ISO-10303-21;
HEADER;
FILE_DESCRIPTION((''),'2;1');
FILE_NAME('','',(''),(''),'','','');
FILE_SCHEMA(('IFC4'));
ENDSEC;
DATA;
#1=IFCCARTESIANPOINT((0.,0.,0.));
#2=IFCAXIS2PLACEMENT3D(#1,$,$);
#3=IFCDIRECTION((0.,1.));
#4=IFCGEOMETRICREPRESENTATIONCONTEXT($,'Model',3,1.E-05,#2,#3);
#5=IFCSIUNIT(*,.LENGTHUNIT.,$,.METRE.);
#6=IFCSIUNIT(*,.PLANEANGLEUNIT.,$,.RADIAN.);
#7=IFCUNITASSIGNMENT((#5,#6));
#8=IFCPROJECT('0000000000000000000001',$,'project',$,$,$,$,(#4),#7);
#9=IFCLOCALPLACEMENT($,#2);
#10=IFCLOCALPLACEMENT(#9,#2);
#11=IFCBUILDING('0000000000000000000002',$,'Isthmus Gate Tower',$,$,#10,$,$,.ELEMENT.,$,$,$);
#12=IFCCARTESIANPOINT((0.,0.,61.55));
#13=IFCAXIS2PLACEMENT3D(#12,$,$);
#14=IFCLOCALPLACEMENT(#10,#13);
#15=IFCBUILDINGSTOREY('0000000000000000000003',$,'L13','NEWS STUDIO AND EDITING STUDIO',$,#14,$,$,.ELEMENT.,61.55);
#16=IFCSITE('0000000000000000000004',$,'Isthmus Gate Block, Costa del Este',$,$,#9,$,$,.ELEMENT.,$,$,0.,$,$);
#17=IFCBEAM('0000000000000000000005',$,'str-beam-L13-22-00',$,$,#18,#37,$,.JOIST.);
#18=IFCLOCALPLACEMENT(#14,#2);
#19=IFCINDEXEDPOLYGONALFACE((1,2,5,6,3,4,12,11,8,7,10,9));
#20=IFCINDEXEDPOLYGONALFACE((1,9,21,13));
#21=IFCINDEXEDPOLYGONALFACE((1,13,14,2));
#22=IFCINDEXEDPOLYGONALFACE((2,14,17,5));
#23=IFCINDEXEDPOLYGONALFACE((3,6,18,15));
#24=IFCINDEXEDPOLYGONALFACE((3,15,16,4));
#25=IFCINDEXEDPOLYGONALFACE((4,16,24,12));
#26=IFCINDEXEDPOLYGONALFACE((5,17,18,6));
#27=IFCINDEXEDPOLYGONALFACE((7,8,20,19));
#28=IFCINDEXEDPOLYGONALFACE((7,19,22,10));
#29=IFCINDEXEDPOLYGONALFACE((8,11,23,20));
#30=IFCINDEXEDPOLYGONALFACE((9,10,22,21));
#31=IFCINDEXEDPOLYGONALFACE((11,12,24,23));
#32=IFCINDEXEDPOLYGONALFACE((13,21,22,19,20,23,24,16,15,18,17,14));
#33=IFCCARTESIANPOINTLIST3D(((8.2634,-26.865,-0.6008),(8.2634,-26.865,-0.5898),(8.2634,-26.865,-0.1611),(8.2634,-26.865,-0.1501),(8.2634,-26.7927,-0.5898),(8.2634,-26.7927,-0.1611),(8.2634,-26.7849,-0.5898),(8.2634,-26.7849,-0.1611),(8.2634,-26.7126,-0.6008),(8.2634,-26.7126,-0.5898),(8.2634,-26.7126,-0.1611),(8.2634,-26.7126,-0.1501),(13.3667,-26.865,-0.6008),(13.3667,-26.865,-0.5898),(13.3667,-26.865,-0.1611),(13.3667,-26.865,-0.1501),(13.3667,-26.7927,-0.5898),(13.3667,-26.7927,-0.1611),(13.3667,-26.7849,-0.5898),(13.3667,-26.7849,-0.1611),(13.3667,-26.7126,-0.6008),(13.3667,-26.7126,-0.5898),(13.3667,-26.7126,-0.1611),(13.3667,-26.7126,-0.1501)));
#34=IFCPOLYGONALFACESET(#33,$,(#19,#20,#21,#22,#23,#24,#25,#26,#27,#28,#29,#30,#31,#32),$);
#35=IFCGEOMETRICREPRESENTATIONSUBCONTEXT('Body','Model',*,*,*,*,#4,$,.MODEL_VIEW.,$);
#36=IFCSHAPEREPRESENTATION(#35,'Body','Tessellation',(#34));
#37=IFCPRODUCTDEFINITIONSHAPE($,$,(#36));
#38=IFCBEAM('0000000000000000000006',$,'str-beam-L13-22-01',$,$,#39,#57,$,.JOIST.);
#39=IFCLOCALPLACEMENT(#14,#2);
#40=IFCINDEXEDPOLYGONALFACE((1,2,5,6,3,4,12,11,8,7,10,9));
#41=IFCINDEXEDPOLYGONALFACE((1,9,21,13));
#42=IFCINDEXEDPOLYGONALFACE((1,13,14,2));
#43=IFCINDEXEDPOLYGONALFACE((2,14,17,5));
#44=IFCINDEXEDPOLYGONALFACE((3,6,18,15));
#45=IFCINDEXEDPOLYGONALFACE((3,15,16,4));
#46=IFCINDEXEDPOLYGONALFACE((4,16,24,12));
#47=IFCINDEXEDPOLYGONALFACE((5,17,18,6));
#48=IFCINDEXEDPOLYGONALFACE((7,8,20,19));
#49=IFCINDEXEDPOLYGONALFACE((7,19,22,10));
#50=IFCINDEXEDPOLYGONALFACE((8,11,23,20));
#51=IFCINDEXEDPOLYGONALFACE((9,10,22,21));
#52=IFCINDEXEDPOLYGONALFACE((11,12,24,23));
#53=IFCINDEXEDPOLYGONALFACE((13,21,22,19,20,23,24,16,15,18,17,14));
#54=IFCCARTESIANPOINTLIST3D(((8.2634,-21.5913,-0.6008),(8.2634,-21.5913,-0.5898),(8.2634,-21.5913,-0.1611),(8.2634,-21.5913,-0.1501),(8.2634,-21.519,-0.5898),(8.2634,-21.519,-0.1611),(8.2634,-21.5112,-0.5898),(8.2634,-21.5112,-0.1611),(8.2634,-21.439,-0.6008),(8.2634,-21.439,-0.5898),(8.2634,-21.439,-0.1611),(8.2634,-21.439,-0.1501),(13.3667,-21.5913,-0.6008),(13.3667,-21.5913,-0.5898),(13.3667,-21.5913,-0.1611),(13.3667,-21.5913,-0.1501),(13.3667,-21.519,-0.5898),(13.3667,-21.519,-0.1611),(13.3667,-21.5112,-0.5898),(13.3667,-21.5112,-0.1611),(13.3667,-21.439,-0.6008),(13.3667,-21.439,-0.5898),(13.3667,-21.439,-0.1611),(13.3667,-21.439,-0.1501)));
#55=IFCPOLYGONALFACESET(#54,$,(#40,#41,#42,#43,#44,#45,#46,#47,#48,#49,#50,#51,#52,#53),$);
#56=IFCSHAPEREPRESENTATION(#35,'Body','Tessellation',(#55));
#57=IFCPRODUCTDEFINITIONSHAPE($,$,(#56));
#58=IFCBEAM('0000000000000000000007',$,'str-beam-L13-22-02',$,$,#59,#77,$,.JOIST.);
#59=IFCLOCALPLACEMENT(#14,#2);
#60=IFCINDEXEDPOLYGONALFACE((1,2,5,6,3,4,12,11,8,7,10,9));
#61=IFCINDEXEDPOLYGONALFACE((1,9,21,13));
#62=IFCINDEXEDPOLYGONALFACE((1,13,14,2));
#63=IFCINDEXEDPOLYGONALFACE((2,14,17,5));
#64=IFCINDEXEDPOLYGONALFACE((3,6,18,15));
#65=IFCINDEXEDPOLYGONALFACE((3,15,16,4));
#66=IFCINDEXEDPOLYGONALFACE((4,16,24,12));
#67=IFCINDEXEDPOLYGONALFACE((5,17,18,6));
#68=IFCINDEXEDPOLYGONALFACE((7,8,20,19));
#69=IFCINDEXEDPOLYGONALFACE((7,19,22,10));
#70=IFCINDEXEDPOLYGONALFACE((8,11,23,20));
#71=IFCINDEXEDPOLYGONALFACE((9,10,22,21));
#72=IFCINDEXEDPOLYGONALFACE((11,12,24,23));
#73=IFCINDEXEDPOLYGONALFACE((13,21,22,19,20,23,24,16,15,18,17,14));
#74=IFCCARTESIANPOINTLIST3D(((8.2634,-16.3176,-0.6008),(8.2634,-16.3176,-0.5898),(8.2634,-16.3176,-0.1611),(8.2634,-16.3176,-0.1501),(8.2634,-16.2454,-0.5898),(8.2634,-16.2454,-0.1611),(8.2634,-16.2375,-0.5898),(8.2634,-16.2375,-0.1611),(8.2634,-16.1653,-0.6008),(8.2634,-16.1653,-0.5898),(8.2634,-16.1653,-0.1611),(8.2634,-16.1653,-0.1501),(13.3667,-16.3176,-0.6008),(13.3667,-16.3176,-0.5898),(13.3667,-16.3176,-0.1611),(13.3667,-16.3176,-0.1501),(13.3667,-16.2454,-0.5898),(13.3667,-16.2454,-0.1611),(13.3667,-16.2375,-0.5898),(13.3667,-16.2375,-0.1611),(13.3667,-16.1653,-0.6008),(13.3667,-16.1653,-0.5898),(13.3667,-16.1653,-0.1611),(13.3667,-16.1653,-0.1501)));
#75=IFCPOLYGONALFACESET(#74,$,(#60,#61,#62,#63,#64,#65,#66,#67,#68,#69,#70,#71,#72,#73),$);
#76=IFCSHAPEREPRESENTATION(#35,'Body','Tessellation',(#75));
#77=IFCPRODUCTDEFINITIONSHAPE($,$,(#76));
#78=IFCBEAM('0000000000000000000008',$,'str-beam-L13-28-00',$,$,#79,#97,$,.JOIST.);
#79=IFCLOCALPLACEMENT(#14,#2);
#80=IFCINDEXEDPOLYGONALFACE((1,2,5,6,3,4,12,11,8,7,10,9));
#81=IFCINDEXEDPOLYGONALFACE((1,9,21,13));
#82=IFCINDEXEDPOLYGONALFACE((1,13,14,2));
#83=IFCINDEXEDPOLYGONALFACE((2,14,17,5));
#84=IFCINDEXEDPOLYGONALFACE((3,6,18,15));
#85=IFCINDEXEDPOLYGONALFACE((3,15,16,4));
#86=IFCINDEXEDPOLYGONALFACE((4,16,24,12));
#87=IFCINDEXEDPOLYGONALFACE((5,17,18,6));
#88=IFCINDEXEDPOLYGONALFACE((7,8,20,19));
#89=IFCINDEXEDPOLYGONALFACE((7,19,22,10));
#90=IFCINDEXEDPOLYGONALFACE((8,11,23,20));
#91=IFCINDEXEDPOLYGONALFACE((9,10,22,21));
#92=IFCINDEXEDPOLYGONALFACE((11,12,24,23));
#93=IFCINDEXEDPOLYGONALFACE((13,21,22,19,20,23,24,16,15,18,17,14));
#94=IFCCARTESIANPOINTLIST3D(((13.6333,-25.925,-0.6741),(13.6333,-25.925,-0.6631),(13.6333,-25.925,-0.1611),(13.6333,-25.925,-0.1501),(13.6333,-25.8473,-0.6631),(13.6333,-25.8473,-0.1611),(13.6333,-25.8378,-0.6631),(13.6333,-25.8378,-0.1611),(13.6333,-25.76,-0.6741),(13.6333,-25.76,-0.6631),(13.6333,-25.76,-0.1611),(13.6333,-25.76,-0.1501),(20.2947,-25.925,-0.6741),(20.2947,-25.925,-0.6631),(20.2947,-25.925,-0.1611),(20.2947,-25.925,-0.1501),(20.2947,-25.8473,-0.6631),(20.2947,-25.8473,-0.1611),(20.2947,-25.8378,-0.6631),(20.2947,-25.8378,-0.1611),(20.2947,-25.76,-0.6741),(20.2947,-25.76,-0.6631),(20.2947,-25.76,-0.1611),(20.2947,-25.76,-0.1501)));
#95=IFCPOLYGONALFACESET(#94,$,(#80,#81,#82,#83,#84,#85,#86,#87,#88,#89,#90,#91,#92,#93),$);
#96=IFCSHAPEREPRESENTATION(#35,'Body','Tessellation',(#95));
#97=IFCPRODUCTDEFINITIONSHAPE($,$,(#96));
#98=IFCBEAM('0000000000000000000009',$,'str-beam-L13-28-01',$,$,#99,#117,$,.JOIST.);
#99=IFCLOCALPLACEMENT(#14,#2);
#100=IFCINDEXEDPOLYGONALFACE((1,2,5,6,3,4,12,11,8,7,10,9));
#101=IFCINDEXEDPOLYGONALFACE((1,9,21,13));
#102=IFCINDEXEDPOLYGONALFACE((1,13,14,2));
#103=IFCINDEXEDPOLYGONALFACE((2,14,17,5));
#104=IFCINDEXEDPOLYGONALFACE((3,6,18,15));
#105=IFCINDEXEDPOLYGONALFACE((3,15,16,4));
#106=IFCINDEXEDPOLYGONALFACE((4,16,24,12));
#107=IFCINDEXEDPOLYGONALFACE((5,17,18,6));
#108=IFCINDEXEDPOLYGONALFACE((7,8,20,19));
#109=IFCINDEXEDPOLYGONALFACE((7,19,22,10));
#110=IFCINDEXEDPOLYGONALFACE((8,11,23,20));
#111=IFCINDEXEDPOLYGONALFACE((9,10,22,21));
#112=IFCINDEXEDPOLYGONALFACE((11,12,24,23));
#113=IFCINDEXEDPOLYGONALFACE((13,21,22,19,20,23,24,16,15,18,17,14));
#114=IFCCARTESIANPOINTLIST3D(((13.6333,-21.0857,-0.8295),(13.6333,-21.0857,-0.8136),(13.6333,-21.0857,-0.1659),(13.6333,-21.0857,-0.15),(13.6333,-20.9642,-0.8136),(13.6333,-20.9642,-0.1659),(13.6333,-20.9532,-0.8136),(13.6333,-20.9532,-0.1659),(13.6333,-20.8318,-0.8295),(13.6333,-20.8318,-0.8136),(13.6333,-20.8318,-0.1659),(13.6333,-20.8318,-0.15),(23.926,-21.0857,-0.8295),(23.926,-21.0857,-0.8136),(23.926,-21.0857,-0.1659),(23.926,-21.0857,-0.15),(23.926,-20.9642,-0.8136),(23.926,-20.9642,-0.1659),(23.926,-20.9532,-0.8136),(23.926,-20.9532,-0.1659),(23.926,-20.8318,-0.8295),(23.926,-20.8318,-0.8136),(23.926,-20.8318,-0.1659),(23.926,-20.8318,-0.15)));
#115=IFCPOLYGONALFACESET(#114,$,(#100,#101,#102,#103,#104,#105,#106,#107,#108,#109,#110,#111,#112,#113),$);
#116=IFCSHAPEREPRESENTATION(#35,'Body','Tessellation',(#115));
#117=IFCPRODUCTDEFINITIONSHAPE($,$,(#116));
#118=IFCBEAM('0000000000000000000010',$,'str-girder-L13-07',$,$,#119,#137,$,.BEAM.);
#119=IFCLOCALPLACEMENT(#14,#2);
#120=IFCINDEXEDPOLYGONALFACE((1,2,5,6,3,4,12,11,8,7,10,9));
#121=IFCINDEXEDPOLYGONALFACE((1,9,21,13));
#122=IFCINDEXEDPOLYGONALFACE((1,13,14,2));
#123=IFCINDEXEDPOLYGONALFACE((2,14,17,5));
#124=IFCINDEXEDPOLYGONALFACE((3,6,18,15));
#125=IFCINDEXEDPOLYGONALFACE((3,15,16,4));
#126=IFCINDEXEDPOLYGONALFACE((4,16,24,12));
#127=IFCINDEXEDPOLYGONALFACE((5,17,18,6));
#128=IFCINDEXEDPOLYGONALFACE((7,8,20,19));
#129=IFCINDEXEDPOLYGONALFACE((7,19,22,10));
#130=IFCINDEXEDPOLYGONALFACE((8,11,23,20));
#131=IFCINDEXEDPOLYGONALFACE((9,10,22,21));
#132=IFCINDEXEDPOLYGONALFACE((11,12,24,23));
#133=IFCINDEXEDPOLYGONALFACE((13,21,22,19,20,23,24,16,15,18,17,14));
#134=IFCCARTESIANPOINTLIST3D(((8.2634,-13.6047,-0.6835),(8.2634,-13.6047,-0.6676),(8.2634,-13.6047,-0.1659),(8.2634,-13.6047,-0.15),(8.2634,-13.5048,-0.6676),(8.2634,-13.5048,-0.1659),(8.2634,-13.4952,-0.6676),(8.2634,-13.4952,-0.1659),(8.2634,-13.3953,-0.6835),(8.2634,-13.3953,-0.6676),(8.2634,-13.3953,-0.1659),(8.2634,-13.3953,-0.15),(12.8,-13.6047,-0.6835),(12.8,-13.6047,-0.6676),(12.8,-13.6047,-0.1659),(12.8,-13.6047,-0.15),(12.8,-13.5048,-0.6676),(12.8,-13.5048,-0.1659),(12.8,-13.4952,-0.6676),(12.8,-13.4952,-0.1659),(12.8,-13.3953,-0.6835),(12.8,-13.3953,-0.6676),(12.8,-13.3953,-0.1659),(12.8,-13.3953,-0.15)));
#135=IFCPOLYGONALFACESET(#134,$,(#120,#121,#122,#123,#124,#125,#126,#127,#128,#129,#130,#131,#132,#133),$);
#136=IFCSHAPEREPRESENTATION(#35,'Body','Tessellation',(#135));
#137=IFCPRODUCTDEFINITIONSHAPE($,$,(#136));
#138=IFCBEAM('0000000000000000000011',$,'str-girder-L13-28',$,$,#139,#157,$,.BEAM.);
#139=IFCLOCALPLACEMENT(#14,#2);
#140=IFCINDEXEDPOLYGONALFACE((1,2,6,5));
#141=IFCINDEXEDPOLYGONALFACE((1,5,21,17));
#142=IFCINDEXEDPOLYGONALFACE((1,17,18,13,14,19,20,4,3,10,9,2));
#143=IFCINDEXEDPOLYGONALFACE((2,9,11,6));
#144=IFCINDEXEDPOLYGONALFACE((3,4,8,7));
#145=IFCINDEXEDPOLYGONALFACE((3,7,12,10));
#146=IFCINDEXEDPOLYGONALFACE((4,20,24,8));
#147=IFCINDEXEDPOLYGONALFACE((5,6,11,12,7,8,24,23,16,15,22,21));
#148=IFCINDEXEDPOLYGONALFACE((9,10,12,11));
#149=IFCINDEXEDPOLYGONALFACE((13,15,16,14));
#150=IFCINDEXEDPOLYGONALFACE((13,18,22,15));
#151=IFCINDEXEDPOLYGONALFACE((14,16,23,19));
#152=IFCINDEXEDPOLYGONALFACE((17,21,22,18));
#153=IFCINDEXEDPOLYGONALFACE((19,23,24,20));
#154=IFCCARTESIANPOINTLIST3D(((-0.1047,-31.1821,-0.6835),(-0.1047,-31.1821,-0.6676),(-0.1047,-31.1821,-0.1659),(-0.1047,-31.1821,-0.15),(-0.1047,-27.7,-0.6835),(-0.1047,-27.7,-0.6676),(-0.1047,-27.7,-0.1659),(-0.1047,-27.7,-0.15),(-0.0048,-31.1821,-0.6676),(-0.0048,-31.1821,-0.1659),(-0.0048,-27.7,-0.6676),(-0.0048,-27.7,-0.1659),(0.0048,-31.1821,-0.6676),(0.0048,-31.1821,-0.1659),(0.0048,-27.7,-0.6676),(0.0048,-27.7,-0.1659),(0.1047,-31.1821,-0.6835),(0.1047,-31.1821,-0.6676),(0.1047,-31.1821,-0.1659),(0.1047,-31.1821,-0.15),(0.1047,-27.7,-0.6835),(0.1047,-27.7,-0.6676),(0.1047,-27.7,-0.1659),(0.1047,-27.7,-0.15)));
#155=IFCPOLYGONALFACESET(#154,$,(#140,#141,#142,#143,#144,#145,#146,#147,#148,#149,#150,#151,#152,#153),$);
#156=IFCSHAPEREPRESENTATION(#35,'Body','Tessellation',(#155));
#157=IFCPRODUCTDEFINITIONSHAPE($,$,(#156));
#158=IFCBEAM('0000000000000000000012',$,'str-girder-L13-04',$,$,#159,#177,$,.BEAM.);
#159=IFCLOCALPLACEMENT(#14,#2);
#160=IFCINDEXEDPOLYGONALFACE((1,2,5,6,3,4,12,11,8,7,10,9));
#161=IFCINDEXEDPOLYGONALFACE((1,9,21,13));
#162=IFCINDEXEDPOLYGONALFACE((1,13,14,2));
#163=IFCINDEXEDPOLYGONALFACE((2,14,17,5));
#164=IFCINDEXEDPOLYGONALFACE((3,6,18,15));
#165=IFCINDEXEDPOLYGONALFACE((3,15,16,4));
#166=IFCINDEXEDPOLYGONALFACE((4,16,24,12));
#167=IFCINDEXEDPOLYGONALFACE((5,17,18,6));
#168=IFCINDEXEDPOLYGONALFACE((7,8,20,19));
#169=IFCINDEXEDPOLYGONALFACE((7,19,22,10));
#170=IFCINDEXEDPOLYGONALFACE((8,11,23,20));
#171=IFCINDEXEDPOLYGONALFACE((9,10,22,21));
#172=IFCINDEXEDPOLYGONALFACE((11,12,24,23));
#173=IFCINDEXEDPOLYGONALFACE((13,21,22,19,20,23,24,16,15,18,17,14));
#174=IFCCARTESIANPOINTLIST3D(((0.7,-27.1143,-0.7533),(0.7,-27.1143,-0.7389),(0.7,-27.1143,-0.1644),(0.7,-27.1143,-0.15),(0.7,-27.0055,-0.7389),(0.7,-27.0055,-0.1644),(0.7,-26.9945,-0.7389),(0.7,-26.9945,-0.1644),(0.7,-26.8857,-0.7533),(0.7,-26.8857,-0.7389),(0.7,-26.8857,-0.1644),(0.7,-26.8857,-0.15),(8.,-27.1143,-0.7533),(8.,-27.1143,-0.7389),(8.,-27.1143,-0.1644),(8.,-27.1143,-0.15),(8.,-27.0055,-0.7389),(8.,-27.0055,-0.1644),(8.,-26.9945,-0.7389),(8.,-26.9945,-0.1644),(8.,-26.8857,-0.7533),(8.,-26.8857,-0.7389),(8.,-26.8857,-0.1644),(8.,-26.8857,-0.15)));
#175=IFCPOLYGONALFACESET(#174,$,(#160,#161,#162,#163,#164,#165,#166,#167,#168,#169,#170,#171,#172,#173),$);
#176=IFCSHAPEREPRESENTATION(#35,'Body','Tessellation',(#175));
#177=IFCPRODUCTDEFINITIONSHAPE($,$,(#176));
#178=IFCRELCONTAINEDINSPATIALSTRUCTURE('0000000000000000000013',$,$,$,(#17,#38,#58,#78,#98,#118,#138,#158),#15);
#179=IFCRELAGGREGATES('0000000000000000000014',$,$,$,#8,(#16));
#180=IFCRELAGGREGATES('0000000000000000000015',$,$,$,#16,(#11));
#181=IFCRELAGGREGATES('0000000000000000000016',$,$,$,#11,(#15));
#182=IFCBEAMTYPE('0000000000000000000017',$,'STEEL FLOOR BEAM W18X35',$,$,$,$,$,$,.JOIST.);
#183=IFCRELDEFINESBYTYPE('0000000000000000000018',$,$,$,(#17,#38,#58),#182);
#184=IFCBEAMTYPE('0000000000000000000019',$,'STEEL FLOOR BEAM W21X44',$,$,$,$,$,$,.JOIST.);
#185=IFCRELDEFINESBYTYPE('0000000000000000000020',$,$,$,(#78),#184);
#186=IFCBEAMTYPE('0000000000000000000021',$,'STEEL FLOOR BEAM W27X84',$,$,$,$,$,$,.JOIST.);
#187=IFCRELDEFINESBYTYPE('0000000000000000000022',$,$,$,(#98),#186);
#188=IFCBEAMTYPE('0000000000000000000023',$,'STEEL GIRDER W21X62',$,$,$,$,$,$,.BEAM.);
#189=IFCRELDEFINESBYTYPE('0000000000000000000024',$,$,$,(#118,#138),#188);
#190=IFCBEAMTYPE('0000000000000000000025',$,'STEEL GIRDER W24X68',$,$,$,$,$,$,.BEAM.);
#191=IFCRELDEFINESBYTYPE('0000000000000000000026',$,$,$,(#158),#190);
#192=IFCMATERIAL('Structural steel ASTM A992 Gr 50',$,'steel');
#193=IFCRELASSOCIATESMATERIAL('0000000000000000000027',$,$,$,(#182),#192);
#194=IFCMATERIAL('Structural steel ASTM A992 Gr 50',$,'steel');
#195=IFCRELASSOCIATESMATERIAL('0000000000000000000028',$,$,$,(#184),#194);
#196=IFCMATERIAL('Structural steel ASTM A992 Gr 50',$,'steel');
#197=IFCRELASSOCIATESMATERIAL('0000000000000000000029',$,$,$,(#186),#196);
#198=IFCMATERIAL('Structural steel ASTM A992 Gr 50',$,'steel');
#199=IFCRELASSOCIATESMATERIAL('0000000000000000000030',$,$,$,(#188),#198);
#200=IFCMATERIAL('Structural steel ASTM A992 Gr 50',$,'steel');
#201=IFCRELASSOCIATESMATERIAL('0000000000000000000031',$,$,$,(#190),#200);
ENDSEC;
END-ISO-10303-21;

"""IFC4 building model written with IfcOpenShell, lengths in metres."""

from ifc_helpers import new_model, si_unit, direction, frame, origin, origin_2d, place, context, subcontext, project, spatial, i_section, extrude, material, material_profile, profile_set, type_object, element, save


model = new_model("IFC4")

# Units and contexts
model_context = context("Model", 3, precision=1e-05, world=origin(), true_north=direction((0.0, 1.0)))
body_context = subcontext(model_context, "Body", "Model", "MODEL_VIEW")
ifc_project = project(units=[si_unit("LENGTHUNIT", "METRE"), si_unit("PLANEANGLEUNIT", "RADIAN")], contexts=[model_context])

# Site, building, storey
site_placement = place(None, origin())
site = spatial("IfcSite", under=ifc_project, at=site_placement, Name="Isthmus Gate Block, Costa del Este", CompositionType="ELEMENT", RefElevation=0.0)
building_placement = place(site_placement, origin())
building = spatial("IfcBuilding", under=site, at=building_placement, Name="Isthmus Gate Tower", CompositionType="ELEMENT")
storey_placement = place(building_placement, frame((0.0, 0.0, 61.55)))
storey = spatial("IfcBuildingStorey", under=building, at=storey_placement, Name="L13", Description="NEWS STUDIO AND EDITING STUDIO", CompositionType="ELEMENT", Elevation=61.55)

# Beams
ifc_material_1 = material(Name="Structural steel ASTM A992 Gr 50", Category="steel")
ifc_material_profile_1 = material_profile(ifc_material_1, i_section(OverallWidth=0.1523, OverallDepth=0.4507, WebThickness=0.0078, FlangeThickness=0.011, at=origin_2d()), Name="W18X35")
ifc_profile_set_1 = profile_set([ifc_material_profile_1], Name="Structural steel ASTM A992 Gr 50")
beam_type_1 = type_object("IfcBeamType", Name="STEEL FLOOR BEAM W18X35", PredefinedType="JOIST", material=ifc_profile_set_1)
for number, where, z_axis, x_axis, name in (
    (1, (8.2634, -26.7888, -0.3755), (1.0, 0.0, 0.0), (0.0, 1.0, 0.0), "str-beam-L13-22-00"),
    (2, (8.2634, -21.5151, -0.3755), (1.0, 0.0, 0.0), (0.0, 1.0, 0.0), "str-beam-L13-22-01"),
    (3, (8.2634, -16.2415, -0.3755), (1.0, 0.0, 0.0), (0.0, 1.0, 0.0), "str-beam-L13-22-02"),
):
    element("IfcBeam", number, at=place(storey_placement, frame(where, z_axis=z_axis, x_axis=x_axis)), inside=storey, type_object=beam_type_1, Name=name, PredefinedType="JOIST", context=body_context, shape_type="SweptSolid", body=[
        extrude(i_section(OverallWidth=0.1523, OverallDepth=0.4507, WebThickness=0.0078, FlangeThickness=0.011, at=origin_2d()), origin(), (0.0, 0.0, 1.0), 5.1033),
    ])
ifc_material_2 = material(Name="Structural steel ASTM A992 Gr 50", Category="steel")
ifc_material_profile_2 = material_profile(ifc_material_2, i_section(OverallWidth=0.165, OverallDepth=0.5239, WebThickness=0.0095, FlangeThickness=0.011, at=origin_2d()), Name="W21X44")
ifc_profile_set_2 = profile_set([ifc_material_profile_2], Name="Structural steel ASTM A992 Gr 50")
beam_type_2 = type_object("IfcBeamType", Name="STEEL FLOOR BEAM W21X44", PredefinedType="JOIST", material=ifc_profile_set_2)
beam_1_placement = place(storey_placement, frame((13.6333, -25.8425, -0.4121), z_axis=(1.0, 0.0, 0.0), x_axis=(0.0, 1.0, 0.0)))
element("IfcBeam", 4, at=beam_1_placement, inside=storey, type_object=beam_type_2, Name="str-beam-L13-28-00", PredefinedType="JOIST", context=body_context, shape_type="SweptSolid", body=[
    extrude(i_section(OverallWidth=0.165, OverallDepth=0.5239, WebThickness=0.0095, FlangeThickness=0.011, at=origin_2d()), origin(), (0.0, 0.0, 1.0), 6.6614),
])
ifc_material_3 = material(Name="Structural steel ASTM A992 Gr 50", Category="steel")
ifc_material_profile_3 = material_profile(ifc_material_3, i_section(OverallWidth=0.2539, OverallDepth=0.6794, WebThickness=0.011, FlangeThickness=0.0159, at=origin_2d()), Name="W27X84")
ifc_profile_set_3 = profile_set([ifc_material_profile_3], Name="Structural steel ASTM A992 Gr 50")
beam_type_3 = type_object("IfcBeamType", Name="STEEL FLOOR BEAM W27X84", PredefinedType="JOIST", material=ifc_profile_set_3)
beam_2_placement = place(storey_placement, frame((13.6333, -20.9587, -0.4897), z_axis=(1.0, 0.0, 0.0), x_axis=(0.0, 1.0, 0.0)))
element("IfcBeam", 5, at=beam_2_placement, inside=storey, type_object=beam_type_3, Name="str-beam-L13-28-01", PredefinedType="JOIST", context=body_context, shape_type="SweptSolid", body=[
    extrude(i_section(OverallWidth=0.2539, OverallDepth=0.6794, WebThickness=0.011, FlangeThickness=0.0159, at=origin_2d()), origin(), (0.0, 0.0, 1.0), 10.2927),
])
ifc_material_4 = material(Name="Structural steel ASTM A992 Gr 50", Category="steel")
ifc_material_profile_4 = material_profile(ifc_material_4, i_section(OverallWidth=0.2095, OverallDepth=0.5334, WebThickness=0.0095, FlangeThickness=0.0159, at=origin_2d()), Name="W21X62")
ifc_profile_set_4 = profile_set([ifc_material_profile_4], Name="Structural steel ASTM A992 Gr 50")
beam_type_4 = type_object("IfcBeamType", Name="STEEL GIRDER W21X62", PredefinedType="BEAM", material=ifc_profile_set_4)
beam_3_placement = place(storey_placement, frame((8.2634, -13.5, -0.4167), z_axis=(1.0, 0.0, 0.0), x_axis=(0.0, 1.0, 0.0)))
element("IfcBeam", 6, at=beam_3_placement, inside=storey, type_object=beam_type_4, Name="str-girder-L13-07", PredefinedType="BEAM", context=body_context, shape_type="SweptSolid", body=[
    extrude(i_section(OverallWidth=0.2095, OverallDepth=0.5334, WebThickness=0.0095, FlangeThickness=0.0159, at=origin_2d()), origin(), (0.0, 0.0, 1.0), 4.5366),
])
beam_4_placement = place(storey_placement, frame((0.0, -31.1821, -0.4167), z_axis=(0.0, 1.0, 0.0), x_axis=(-1.0, 0.0, 0.0)))
element("IfcBeam", 7, at=beam_4_placement, inside=storey, type_object=beam_type_4, Name="str-girder-L13-28", PredefinedType="BEAM", context=body_context, shape_type="SweptSolid", body=[
    extrude(i_section(OverallWidth=0.2095, OverallDepth=0.5334, WebThickness=0.0095, FlangeThickness=0.0159, at=origin_2d()), origin(), (0.0, 0.0, 1.0), 3.4822),
])
ifc_material_5 = material(Name="Structural steel ASTM A992 Gr 50", Category="steel")
ifc_material_profile_5 = material_profile(ifc_material_5, i_section(OverallWidth=0.2285, OverallDepth=0.6033, WebThickness=0.011, FlangeThickness=0.0144, at=origin_2d()), Name="W24X68")
ifc_profile_set_5 = profile_set([ifc_material_profile_5], Name="Structural steel ASTM A992 Gr 50")
beam_type_5 = type_object("IfcBeamType", Name="STEEL GIRDER W24X68", PredefinedType="BEAM", material=ifc_profile_set_5)
beam_5_placement = place(storey_placement, frame((0.7, -27.0, -0.4517), z_axis=(1.0, 0.0, 0.0), x_axis=(0.0, 1.0, 0.0)))
element("IfcBeam", 8, at=beam_5_placement, inside=storey, type_object=beam_type_5, Name="str-girder-L13-04", PredefinedType="BEAM", context=body_context, shape_type="SweptSolid", body=[
    extrude(i_section(OverallWidth=0.2285, OverallDepth=0.6033, WebThickness=0.011, FlangeThickness=0.0144, at=origin_2d()), origin(), (0.0, 0.0, 1.0), 7.3),
])

save(model, "model.ifc")
